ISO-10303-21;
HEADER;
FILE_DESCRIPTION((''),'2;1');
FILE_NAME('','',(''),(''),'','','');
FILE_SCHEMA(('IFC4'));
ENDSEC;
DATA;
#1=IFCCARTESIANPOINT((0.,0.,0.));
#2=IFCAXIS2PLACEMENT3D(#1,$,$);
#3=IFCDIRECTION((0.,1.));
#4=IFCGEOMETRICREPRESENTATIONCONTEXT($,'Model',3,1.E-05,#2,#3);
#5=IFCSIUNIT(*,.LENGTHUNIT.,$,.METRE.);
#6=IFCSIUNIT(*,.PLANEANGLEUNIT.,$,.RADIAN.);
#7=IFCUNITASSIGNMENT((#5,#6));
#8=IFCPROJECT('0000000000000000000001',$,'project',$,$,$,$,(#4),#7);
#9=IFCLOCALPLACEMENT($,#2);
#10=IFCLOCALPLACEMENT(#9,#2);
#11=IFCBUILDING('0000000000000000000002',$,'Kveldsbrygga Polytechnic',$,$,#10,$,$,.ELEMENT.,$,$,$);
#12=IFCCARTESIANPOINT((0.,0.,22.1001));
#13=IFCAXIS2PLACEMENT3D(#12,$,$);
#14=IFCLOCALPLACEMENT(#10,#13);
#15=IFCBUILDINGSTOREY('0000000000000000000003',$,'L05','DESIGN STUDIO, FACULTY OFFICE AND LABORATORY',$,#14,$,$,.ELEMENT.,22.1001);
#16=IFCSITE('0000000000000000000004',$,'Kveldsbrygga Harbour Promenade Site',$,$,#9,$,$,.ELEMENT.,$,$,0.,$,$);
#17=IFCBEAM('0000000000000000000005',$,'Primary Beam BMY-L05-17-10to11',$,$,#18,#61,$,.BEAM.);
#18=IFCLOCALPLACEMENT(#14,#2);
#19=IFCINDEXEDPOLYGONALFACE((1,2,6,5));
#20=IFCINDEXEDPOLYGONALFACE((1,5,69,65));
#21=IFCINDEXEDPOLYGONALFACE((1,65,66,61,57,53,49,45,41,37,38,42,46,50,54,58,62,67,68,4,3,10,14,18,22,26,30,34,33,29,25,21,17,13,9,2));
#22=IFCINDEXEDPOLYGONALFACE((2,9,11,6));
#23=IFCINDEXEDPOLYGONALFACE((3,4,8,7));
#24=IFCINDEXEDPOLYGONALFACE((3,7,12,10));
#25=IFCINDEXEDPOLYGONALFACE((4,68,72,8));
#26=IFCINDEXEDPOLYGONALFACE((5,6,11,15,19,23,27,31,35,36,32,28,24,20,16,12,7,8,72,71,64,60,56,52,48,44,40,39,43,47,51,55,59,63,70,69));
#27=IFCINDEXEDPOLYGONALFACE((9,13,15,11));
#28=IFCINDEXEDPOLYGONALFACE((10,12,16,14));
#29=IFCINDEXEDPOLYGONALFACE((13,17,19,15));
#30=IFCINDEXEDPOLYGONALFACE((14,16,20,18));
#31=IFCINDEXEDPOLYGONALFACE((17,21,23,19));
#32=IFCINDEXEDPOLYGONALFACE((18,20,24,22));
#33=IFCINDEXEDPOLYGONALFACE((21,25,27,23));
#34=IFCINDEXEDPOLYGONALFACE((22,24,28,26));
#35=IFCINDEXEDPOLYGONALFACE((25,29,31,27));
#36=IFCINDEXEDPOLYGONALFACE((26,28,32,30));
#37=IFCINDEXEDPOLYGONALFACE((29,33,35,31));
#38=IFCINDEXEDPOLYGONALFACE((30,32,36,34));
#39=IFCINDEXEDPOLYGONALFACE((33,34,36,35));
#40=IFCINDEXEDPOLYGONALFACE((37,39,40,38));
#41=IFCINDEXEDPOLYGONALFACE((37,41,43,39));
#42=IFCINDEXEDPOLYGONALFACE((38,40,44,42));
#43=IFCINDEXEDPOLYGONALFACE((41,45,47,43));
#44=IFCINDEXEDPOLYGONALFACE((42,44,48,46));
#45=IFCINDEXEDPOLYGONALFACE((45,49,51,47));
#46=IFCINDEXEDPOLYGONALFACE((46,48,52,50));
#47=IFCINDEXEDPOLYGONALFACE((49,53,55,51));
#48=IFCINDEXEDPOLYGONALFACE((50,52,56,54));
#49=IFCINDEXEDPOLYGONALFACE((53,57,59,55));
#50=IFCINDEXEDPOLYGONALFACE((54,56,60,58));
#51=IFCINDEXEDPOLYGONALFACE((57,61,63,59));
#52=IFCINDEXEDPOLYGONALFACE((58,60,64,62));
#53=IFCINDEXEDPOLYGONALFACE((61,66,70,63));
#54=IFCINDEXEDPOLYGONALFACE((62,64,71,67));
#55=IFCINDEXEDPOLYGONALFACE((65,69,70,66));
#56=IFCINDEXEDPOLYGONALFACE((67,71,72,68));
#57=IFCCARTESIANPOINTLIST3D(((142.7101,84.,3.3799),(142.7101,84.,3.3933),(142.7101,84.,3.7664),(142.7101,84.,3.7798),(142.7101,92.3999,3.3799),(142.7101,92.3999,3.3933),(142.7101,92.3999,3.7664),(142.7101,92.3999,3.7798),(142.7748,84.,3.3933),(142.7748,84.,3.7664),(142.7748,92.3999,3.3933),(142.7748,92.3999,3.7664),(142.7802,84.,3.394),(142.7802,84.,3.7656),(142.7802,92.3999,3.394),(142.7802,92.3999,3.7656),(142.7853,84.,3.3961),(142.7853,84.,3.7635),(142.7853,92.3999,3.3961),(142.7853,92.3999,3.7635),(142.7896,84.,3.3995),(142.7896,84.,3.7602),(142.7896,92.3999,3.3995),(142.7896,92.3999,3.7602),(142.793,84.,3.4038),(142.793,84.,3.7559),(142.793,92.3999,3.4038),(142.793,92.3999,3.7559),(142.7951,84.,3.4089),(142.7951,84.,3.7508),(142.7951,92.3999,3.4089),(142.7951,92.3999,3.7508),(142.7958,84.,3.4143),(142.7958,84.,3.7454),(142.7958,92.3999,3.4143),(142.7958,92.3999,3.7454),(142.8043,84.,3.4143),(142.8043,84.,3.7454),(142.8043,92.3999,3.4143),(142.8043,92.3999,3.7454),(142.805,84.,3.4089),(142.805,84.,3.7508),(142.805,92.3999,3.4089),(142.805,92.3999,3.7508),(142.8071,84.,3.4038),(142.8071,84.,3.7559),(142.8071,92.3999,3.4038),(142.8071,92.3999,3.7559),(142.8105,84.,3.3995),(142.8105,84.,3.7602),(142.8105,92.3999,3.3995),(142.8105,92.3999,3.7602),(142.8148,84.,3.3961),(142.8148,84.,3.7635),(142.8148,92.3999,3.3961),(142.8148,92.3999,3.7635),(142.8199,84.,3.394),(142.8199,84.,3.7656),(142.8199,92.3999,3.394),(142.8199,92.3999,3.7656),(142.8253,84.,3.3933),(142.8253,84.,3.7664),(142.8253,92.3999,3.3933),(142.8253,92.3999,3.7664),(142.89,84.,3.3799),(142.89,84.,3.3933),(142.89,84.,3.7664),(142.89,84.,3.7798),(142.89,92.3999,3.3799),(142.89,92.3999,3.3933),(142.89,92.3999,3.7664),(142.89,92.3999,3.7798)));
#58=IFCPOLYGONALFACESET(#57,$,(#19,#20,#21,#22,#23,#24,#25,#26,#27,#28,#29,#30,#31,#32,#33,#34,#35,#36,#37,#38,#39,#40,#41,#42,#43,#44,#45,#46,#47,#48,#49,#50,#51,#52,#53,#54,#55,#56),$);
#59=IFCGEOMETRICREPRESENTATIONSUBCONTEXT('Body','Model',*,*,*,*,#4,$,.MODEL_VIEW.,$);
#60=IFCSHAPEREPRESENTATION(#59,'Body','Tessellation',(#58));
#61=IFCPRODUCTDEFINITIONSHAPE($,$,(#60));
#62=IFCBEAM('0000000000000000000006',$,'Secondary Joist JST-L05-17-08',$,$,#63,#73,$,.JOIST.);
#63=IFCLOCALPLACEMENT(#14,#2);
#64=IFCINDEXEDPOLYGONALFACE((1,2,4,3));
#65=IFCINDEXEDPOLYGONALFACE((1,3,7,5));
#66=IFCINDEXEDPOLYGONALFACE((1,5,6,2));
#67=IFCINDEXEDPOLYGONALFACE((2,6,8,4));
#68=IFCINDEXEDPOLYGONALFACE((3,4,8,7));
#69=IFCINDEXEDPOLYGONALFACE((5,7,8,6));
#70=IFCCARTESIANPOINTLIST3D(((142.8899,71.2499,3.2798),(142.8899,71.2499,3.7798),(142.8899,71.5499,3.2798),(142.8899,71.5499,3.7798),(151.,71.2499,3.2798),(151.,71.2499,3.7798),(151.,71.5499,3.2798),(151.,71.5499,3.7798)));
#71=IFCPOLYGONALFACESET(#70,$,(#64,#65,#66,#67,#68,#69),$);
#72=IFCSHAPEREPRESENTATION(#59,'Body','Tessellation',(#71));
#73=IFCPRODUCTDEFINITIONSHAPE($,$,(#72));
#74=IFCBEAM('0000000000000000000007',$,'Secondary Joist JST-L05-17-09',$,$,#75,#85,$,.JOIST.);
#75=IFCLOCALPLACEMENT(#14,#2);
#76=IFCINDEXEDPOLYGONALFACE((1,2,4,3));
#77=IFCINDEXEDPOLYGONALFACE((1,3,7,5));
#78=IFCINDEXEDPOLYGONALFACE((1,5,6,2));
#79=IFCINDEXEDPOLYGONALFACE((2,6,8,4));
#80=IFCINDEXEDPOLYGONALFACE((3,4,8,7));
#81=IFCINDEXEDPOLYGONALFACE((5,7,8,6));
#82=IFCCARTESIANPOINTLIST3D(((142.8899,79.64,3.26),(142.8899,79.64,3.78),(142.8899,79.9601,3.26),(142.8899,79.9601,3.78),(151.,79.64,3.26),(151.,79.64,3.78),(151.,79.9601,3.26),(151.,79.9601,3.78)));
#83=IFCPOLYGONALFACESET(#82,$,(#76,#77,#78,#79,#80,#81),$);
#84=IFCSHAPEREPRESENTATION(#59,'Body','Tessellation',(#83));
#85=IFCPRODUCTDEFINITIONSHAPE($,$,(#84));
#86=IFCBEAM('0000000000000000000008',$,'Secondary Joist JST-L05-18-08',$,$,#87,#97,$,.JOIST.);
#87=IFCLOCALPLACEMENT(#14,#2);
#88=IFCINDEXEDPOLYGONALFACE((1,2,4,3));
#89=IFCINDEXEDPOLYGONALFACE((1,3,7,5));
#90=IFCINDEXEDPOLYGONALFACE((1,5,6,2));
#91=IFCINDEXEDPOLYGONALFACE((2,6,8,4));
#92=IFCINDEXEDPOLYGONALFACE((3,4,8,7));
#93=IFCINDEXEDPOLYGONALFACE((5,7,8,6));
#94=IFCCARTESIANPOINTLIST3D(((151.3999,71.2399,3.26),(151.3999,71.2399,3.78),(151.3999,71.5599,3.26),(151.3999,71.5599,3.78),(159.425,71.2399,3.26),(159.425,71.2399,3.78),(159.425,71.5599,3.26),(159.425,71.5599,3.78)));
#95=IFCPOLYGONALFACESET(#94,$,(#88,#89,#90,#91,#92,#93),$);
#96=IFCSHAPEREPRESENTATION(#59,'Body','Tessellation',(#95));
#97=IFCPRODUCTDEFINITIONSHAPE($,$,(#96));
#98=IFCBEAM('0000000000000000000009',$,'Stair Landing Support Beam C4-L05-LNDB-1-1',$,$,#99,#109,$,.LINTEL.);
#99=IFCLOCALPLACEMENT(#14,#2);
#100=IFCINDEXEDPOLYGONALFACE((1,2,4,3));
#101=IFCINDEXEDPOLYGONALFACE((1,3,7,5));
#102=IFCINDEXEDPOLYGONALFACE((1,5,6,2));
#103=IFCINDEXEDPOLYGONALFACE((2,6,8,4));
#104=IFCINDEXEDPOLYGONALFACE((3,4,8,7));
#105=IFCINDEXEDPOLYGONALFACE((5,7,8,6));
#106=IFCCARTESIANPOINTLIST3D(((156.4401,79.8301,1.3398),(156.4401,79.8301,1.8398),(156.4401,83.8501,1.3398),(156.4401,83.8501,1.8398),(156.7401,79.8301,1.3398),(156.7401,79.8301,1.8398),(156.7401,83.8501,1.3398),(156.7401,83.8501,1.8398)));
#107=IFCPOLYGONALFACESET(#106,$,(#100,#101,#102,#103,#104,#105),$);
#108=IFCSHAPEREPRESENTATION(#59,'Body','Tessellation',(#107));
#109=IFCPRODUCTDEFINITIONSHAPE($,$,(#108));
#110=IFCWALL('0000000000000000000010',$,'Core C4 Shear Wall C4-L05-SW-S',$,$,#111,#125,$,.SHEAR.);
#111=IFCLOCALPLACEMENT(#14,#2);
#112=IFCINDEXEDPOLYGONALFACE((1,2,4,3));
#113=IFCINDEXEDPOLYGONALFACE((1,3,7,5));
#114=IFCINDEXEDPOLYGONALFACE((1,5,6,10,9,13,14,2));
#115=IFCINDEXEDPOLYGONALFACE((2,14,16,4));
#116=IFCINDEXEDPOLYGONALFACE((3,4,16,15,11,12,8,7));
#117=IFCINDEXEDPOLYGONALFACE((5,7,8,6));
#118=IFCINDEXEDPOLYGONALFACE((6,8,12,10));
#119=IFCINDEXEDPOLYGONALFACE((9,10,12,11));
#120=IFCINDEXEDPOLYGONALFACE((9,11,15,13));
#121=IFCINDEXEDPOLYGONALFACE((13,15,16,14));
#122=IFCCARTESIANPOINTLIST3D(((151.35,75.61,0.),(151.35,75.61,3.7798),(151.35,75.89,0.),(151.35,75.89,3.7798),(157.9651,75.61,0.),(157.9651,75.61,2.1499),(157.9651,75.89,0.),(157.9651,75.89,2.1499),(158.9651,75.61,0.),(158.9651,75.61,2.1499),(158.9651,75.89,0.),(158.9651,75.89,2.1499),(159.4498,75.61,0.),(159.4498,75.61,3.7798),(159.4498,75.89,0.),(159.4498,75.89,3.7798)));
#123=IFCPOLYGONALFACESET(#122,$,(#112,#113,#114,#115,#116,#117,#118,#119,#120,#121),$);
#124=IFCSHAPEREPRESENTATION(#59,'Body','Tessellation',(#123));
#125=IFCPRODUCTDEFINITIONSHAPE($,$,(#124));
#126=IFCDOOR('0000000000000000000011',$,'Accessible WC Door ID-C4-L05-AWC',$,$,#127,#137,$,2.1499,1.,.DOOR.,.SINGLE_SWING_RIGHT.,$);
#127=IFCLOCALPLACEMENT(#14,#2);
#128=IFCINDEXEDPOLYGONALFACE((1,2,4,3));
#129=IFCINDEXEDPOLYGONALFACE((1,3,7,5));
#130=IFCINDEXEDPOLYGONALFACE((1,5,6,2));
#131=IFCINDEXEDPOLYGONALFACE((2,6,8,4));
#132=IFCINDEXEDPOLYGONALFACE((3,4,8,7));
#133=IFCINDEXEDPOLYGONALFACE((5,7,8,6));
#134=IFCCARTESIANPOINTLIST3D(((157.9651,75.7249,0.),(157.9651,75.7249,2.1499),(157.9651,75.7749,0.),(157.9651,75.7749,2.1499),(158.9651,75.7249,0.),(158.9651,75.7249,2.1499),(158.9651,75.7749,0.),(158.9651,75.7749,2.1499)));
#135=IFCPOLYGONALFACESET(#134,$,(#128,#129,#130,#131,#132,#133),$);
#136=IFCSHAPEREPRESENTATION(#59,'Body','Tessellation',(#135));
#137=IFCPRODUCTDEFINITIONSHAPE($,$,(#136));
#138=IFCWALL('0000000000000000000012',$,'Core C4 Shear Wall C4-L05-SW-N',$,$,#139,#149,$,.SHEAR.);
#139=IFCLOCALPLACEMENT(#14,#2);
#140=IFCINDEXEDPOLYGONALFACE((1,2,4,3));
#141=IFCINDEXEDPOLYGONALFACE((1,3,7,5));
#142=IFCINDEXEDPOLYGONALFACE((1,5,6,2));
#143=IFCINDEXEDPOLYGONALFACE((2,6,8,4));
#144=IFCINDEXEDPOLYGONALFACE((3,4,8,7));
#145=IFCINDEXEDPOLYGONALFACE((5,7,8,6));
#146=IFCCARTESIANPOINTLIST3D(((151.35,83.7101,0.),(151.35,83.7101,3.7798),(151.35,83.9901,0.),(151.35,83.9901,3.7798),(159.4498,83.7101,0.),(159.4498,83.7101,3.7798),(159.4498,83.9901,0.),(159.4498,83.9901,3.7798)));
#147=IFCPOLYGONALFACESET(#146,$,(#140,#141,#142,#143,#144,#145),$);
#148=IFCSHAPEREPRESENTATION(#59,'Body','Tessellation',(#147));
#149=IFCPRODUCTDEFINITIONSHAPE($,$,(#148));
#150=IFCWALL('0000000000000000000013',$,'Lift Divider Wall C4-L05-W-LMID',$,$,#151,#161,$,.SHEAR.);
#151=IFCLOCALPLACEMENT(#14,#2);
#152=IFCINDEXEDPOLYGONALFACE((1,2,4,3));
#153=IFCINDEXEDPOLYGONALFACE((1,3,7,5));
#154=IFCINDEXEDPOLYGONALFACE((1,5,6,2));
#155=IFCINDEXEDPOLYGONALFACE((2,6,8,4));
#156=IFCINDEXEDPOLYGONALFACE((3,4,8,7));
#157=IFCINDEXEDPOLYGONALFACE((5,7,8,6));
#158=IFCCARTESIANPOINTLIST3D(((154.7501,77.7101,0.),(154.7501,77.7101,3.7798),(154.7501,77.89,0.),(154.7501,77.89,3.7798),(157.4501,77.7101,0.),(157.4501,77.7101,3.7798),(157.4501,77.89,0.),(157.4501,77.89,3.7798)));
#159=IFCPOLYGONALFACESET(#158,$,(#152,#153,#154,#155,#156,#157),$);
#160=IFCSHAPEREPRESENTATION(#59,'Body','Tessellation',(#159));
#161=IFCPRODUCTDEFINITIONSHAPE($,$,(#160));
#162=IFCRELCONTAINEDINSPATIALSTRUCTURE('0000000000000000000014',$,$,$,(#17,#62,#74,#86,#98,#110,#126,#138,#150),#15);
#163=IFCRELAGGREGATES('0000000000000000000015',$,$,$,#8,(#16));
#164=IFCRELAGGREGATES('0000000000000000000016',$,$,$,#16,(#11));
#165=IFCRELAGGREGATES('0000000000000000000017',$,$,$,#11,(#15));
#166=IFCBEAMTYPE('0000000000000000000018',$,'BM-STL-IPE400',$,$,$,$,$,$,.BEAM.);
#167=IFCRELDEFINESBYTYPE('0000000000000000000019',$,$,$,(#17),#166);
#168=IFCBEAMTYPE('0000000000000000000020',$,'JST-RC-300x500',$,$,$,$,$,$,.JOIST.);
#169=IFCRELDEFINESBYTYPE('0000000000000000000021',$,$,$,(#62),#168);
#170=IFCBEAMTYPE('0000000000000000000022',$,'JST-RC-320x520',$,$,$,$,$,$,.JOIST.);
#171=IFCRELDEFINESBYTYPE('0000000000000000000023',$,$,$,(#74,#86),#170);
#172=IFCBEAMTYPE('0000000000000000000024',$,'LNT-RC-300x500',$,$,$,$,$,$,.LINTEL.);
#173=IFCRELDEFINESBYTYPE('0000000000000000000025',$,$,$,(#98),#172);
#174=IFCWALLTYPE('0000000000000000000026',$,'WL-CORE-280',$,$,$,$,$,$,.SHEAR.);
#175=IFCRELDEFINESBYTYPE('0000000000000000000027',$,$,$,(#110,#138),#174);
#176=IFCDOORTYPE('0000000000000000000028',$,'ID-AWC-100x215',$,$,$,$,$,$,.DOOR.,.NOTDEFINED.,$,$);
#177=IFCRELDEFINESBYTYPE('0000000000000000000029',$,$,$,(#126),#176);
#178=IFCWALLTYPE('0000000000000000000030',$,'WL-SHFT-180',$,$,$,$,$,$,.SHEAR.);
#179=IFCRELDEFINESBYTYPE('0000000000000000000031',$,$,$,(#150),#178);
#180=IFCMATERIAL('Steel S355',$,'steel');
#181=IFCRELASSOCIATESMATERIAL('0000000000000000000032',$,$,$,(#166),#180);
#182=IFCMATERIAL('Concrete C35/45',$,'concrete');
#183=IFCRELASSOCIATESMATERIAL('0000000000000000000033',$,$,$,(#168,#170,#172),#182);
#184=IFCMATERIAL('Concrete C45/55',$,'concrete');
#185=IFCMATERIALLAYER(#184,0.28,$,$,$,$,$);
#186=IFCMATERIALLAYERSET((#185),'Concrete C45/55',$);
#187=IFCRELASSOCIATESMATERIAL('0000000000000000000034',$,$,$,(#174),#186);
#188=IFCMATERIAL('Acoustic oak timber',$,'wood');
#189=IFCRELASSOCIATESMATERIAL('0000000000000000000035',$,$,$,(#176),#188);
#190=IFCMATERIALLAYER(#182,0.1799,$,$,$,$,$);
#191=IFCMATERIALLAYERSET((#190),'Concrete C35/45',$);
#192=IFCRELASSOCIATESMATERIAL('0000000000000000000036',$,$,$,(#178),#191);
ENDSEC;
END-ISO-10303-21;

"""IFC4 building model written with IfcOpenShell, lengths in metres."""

from ifc_helpers import new_model, si_unit, direction, frame, frame_2d, origin, origin_2d, place, context, subcontext, project, spatial, rectangle, i_section, extrude, material, layer, layer_set, material_profile, profile_set, type_object, element, fill, save


model = new_model("IFC4")

# Units and contexts
model_context = context("Model", 3, precision=1e-05, world=origin(), true_north=direction((0.0, 1.0)))
body_context = subcontext(model_context, "Body", "Model", "MODEL_VIEW")
ifc_project = project(units=[si_unit("LENGTHUNIT", "METRE"), si_unit("PLANEANGLEUNIT", "RADIAN")], contexts=[model_context])

# Site, building, storey
site_placement = place(None, origin())
site = spatial("IfcSite", under=ifc_project, at=site_placement, Name="Kveldsbrygga Harbour Promenade Site", CompositionType="ELEMENT", RefElevation=0.0)
building_placement = place(site_placement, origin())
building = spatial("IfcBuilding", under=site, at=building_placement, Name="Kveldsbrygga Polytechnic", CompositionType="ELEMENT")
storey_placement = place(building_placement, frame((0.0, 0.0, 22.1001)))
storey = spatial("IfcBuildingStorey", under=building, at=storey_placement, Name="L05", Description="DESIGN STUDIO, FACULTY OFFICE AND LABORATORY", CompositionType="ELEMENT", Elevation=22.1001)

# Shared definitions
ifc_material_1 = material(Name="Concrete C45/55", Category="concrete")

# Beams
ifc_material_2 = material(Name="Concrete C35/45", Category="concrete")
ifc_material_3 = material(Name="Steel S355", Category="steel")
ifc_material_profile_1 = material_profile(ifc_material_3, i_section(OverallWidth=0.1799, OverallDepth=0.3999, WebThickness=0.0085, FlangeThickness=0.0134, FilletRadius=0.021, at=origin_2d()), Name="IPE 400")
ifc_profile_set_1 = profile_set([ifc_material_profile_1], Name="Steel S355")
beam_type_1 = type_object("IfcBeamType", Name="BM-STL-IPE400", PredefinedType="BEAM", material=ifc_profile_set_1)
for number, where, z_axis, x_axis, name in (
    (1, (142.8, 84.0, 3.5798), (0.0, 1.0, 0.0), (-1.0, 0.0, 0.0), "Primary Beam BMY-L05-17-10to11"),
):
    element("IfcBeam", number, at=place(storey_placement, frame(where, z_axis=z_axis, x_axis=x_axis)), inside=storey, type_object=beam_type_1, Name=name, PredefinedType="BEAM", context=body_context, shape_type="SweptSolid", body=[
        extrude(i_section(OverallWidth=0.1799, OverallDepth=0.3999, WebThickness=0.0085, FlangeThickness=0.0134, FilletRadius=0.021, at=origin_2d()), origin(), (0.0, 0.0, 1.0), 8.3999),
    ])
ifc_material_profile_2 = material_profile(ifc_material_2, rectangle(XDim=0.3, YDim=0.5, at=origin_2d()), Name="RC 300x500")
ifc_profile_set_2 = profile_set([ifc_material_profile_2], Name="Concrete C35/45")
beam_type_2 = type_object("IfcBeamType", Name="JST-RC-300x500", PredefinedType="JOIST", material=ifc_profile_set_2)
beam_1_placement = place(storey_placement, frame((142.8899, 71.3999, 3.5298), z_axis=(1.0, 0.0, 0.0), x_axis=(0.0, 1.0, 0.0)))
element("IfcBeam", 2, at=beam_1_placement, inside=storey, type_object=beam_type_2, Name="Secondary Joist JST-L05-17-08", PredefinedType="JOIST", context=body_context, shape_type="SweptSolid", body=[
    extrude(rectangle(XDim=0.3, YDim=0.5, at=origin_2d()), origin(), (0.0, 0.0, 1.0), 8.1101),
])
ifc_material_profile_3 = material_profile(ifc_material_2, rectangle(XDim=0.3201, YDim=0.52, at=origin_2d()), Name="RC 320x520")
ifc_profile_set_3 = profile_set([ifc_material_profile_3], Name="Concrete C35/45")
beam_type_3 = type_object("IfcBeamType", Name="JST-RC-320x520", PredefinedType="JOIST", material=ifc_profile_set_3)
beam_2_placement = place(storey_placement, frame((142.8899, 79.8, 3.52), z_axis=(1.0, 0.0, 0.0), x_axis=(0.0, 1.0, 0.0)))
element("IfcBeam", 3, at=beam_2_placement, inside=storey, type_object=beam_type_3, Name="Secondary Joist JST-L05-17-09", PredefinedType="JOIST", context=body_context, shape_type="SweptSolid", body=[
    extrude(rectangle(XDim=0.3201, YDim=0.52, at=origin_2d()), origin(), (0.0, 0.0, 1.0), 8.1101),
])
beam_3_placement = place(storey_placement, frame((151.3999, 71.3999, 3.52), z_axis=(1.0, 0.0, 0.0), x_axis=(0.0, 1.0, 0.0)))
element("IfcBeam", 4, at=beam_3_placement, inside=storey, type_object=beam_type_3, Name="Secondary Joist JST-L05-18-08", PredefinedType="JOIST", context=body_context, shape_type="SweptSolid", body=[
    extrude(rectangle(XDim=0.3201, YDim=0.52, at=origin_2d()), origin(), (0.0, 0.0, 1.0), 8.0251),
])
ifc_material_profile_4 = material_profile(ifc_material_2, rectangle(XDim=0.3, YDim=0.5, at=origin_2d()), Name="RC 300x500")
ifc_profile_set_4 = profile_set([ifc_material_profile_4], Name="Concrete C35/45")
beam_type_4 = type_object("IfcBeamType", Name="LNT-RC-300x500", PredefinedType="LINTEL", material=ifc_profile_set_4)
beam_4_placement = place(storey_placement, frame((156.5901, 79.8301, 1.5898), z_axis=(0.0, 1.0, 0.0), x_axis=(-1.0, 0.0, 0.0)))
element("IfcBeam", 5, at=beam_4_placement, inside=storey, type_object=beam_type_4, Name="Stair Landing Support Beam C4-L05-LNDB-1-1", PredefinedType="LINTEL", context=body_context, shape_type="SweptSolid", body=[
    extrude(rectangle(XDim=0.3, YDim=0.5, at=origin_2d()), origin(), (0.0, 0.0, 1.0), 4.02),
])

# Wall, opening, door
ifc_layer_1 = layer(ifc_material_1, 0.28)
ifc_layer_set_1 = layer_set([ifc_layer_1], Name="Concrete C45/55")
wall_type_1 = type_object("IfcWallType", Name="WL-CORE-280", PredefinedType="SHEAR", material=ifc_layer_set_1)
wall_1_placement = place(storey_placement, frame((151.3501, 75.75, 0.0), z_axis=(0.0, 0.0, 1.0), x_axis=(1.0, 0.0, 0.0)))
wall_1 = element("IfcWall", 6, at=wall_1_placement, inside=storey, type_object=wall_type_1, Name="Core C4 Shear Wall C4-L05-SW-S", PredefinedType="SHEAR", context=body_context, shape_type="SweptSolid", body=[
    extrude(rectangle(XDim=8.0999, YDim=0.28, at=frame_2d((4.0498, 0.0))), origin(), (0.0, 0.0, 1.0), 3.7798),
])
opening_1_placement = place(wall_1_placement, frame((6.615, 0.0, 0.0)))
opening_1 = element("IfcOpeningElement", 7, at=opening_1_placement, cuts=wall_1, PredefinedType="OPENING", context=body_context, shape_type="SweptSolid", body=[
    extrude(rectangle(XDim=1.0, YDim=2.1499, at=frame_2d((0.5, 1.075))), frame((0.0, 0.1499, 0.0), z_axis=(0.0, -1.0, 0.0), x_axis=(1.0, 0.0, 0.0)), (0.0, 0.0, 1.0), 0.3),
])
ifc_material_4 = material(Name="Acoustic oak timber", Category="wood")
door_type_1 = type_object("IfcDoorType", Name="ID-AWC-100x215", OperationType="NOTDEFINED", PredefinedType="DOOR", material=ifc_material_4)
door_1_placement = place(opening_1_placement, origin())
door_1 = element("IfcDoor", 8, at=door_1_placement, inside=storey, type_object=door_type_1, Name="Accessible WC Door ID-C4-L05-AWC", OperationType="SINGLE_SWING_RIGHT", OverallHeight=2.1499, OverallWidth=1.0, PredefinedType="DOOR", context=body_context, shape_type="SweptSolid", body=[
    extrude(rectangle(XDim=1.0, YDim=2.1499, at=frame_2d((0.5, 1.075))), frame((0.0, 0.0249, 0.0), z_axis=(0.0, -1.0, 0.0), x_axis=(1.0, 0.0, 0.0)), (0.0, 0.0, 1.0), 0.05),
])
fill(opening_1, door_1)

# Wall
wall_2_placement = place(storey_placement, frame((151.3501, 83.8501, 0.0), z_axis=(0.0, 0.0, 1.0), x_axis=(1.0, 0.0, 0.0)))
element("IfcWall", 9, at=wall_2_placement, inside=storey, type_object=wall_type_1, Name="Core C4 Shear Wall C4-L05-SW-N", PredefinedType="SHEAR", context=body_context, shape_type="SweptSolid", body=[
    extrude(rectangle(XDim=8.0999, YDim=0.28, at=frame_2d((4.0498, 0.0))), origin(), (0.0, 0.0, 1.0), 3.7798),
])

# Wall
ifc_layer_2 = layer(ifc_material_2, 0.1799)
ifc_layer_set_2 = layer_set([ifc_layer_2], Name="Concrete C35/45")
wall_type_2 = type_object("IfcWallType", Name="WL-SHFT-180", PredefinedType="SHEAR", material=ifc_layer_set_2)
wall_3_placement = place(storey_placement, frame((154.75, 77.8, 0.0), z_axis=(0.0, 0.0, 1.0), x_axis=(1.0, 0.0, 0.0)))
element("IfcWall", 10, at=wall_3_placement, inside=storey, type_object=wall_type_2, Name="Lift Divider Wall C4-L05-W-LMID", PredefinedType="SHEAR", context=body_context, shape_type="SweptSolid", body=[
    extrude(rectangle(XDim=2.7, YDim=0.1799, at=frame_2d((1.3501, 0.0))), origin(), (0.0, 0.0, 1.0), 3.7798),
])

save(model, "model.ifc")
